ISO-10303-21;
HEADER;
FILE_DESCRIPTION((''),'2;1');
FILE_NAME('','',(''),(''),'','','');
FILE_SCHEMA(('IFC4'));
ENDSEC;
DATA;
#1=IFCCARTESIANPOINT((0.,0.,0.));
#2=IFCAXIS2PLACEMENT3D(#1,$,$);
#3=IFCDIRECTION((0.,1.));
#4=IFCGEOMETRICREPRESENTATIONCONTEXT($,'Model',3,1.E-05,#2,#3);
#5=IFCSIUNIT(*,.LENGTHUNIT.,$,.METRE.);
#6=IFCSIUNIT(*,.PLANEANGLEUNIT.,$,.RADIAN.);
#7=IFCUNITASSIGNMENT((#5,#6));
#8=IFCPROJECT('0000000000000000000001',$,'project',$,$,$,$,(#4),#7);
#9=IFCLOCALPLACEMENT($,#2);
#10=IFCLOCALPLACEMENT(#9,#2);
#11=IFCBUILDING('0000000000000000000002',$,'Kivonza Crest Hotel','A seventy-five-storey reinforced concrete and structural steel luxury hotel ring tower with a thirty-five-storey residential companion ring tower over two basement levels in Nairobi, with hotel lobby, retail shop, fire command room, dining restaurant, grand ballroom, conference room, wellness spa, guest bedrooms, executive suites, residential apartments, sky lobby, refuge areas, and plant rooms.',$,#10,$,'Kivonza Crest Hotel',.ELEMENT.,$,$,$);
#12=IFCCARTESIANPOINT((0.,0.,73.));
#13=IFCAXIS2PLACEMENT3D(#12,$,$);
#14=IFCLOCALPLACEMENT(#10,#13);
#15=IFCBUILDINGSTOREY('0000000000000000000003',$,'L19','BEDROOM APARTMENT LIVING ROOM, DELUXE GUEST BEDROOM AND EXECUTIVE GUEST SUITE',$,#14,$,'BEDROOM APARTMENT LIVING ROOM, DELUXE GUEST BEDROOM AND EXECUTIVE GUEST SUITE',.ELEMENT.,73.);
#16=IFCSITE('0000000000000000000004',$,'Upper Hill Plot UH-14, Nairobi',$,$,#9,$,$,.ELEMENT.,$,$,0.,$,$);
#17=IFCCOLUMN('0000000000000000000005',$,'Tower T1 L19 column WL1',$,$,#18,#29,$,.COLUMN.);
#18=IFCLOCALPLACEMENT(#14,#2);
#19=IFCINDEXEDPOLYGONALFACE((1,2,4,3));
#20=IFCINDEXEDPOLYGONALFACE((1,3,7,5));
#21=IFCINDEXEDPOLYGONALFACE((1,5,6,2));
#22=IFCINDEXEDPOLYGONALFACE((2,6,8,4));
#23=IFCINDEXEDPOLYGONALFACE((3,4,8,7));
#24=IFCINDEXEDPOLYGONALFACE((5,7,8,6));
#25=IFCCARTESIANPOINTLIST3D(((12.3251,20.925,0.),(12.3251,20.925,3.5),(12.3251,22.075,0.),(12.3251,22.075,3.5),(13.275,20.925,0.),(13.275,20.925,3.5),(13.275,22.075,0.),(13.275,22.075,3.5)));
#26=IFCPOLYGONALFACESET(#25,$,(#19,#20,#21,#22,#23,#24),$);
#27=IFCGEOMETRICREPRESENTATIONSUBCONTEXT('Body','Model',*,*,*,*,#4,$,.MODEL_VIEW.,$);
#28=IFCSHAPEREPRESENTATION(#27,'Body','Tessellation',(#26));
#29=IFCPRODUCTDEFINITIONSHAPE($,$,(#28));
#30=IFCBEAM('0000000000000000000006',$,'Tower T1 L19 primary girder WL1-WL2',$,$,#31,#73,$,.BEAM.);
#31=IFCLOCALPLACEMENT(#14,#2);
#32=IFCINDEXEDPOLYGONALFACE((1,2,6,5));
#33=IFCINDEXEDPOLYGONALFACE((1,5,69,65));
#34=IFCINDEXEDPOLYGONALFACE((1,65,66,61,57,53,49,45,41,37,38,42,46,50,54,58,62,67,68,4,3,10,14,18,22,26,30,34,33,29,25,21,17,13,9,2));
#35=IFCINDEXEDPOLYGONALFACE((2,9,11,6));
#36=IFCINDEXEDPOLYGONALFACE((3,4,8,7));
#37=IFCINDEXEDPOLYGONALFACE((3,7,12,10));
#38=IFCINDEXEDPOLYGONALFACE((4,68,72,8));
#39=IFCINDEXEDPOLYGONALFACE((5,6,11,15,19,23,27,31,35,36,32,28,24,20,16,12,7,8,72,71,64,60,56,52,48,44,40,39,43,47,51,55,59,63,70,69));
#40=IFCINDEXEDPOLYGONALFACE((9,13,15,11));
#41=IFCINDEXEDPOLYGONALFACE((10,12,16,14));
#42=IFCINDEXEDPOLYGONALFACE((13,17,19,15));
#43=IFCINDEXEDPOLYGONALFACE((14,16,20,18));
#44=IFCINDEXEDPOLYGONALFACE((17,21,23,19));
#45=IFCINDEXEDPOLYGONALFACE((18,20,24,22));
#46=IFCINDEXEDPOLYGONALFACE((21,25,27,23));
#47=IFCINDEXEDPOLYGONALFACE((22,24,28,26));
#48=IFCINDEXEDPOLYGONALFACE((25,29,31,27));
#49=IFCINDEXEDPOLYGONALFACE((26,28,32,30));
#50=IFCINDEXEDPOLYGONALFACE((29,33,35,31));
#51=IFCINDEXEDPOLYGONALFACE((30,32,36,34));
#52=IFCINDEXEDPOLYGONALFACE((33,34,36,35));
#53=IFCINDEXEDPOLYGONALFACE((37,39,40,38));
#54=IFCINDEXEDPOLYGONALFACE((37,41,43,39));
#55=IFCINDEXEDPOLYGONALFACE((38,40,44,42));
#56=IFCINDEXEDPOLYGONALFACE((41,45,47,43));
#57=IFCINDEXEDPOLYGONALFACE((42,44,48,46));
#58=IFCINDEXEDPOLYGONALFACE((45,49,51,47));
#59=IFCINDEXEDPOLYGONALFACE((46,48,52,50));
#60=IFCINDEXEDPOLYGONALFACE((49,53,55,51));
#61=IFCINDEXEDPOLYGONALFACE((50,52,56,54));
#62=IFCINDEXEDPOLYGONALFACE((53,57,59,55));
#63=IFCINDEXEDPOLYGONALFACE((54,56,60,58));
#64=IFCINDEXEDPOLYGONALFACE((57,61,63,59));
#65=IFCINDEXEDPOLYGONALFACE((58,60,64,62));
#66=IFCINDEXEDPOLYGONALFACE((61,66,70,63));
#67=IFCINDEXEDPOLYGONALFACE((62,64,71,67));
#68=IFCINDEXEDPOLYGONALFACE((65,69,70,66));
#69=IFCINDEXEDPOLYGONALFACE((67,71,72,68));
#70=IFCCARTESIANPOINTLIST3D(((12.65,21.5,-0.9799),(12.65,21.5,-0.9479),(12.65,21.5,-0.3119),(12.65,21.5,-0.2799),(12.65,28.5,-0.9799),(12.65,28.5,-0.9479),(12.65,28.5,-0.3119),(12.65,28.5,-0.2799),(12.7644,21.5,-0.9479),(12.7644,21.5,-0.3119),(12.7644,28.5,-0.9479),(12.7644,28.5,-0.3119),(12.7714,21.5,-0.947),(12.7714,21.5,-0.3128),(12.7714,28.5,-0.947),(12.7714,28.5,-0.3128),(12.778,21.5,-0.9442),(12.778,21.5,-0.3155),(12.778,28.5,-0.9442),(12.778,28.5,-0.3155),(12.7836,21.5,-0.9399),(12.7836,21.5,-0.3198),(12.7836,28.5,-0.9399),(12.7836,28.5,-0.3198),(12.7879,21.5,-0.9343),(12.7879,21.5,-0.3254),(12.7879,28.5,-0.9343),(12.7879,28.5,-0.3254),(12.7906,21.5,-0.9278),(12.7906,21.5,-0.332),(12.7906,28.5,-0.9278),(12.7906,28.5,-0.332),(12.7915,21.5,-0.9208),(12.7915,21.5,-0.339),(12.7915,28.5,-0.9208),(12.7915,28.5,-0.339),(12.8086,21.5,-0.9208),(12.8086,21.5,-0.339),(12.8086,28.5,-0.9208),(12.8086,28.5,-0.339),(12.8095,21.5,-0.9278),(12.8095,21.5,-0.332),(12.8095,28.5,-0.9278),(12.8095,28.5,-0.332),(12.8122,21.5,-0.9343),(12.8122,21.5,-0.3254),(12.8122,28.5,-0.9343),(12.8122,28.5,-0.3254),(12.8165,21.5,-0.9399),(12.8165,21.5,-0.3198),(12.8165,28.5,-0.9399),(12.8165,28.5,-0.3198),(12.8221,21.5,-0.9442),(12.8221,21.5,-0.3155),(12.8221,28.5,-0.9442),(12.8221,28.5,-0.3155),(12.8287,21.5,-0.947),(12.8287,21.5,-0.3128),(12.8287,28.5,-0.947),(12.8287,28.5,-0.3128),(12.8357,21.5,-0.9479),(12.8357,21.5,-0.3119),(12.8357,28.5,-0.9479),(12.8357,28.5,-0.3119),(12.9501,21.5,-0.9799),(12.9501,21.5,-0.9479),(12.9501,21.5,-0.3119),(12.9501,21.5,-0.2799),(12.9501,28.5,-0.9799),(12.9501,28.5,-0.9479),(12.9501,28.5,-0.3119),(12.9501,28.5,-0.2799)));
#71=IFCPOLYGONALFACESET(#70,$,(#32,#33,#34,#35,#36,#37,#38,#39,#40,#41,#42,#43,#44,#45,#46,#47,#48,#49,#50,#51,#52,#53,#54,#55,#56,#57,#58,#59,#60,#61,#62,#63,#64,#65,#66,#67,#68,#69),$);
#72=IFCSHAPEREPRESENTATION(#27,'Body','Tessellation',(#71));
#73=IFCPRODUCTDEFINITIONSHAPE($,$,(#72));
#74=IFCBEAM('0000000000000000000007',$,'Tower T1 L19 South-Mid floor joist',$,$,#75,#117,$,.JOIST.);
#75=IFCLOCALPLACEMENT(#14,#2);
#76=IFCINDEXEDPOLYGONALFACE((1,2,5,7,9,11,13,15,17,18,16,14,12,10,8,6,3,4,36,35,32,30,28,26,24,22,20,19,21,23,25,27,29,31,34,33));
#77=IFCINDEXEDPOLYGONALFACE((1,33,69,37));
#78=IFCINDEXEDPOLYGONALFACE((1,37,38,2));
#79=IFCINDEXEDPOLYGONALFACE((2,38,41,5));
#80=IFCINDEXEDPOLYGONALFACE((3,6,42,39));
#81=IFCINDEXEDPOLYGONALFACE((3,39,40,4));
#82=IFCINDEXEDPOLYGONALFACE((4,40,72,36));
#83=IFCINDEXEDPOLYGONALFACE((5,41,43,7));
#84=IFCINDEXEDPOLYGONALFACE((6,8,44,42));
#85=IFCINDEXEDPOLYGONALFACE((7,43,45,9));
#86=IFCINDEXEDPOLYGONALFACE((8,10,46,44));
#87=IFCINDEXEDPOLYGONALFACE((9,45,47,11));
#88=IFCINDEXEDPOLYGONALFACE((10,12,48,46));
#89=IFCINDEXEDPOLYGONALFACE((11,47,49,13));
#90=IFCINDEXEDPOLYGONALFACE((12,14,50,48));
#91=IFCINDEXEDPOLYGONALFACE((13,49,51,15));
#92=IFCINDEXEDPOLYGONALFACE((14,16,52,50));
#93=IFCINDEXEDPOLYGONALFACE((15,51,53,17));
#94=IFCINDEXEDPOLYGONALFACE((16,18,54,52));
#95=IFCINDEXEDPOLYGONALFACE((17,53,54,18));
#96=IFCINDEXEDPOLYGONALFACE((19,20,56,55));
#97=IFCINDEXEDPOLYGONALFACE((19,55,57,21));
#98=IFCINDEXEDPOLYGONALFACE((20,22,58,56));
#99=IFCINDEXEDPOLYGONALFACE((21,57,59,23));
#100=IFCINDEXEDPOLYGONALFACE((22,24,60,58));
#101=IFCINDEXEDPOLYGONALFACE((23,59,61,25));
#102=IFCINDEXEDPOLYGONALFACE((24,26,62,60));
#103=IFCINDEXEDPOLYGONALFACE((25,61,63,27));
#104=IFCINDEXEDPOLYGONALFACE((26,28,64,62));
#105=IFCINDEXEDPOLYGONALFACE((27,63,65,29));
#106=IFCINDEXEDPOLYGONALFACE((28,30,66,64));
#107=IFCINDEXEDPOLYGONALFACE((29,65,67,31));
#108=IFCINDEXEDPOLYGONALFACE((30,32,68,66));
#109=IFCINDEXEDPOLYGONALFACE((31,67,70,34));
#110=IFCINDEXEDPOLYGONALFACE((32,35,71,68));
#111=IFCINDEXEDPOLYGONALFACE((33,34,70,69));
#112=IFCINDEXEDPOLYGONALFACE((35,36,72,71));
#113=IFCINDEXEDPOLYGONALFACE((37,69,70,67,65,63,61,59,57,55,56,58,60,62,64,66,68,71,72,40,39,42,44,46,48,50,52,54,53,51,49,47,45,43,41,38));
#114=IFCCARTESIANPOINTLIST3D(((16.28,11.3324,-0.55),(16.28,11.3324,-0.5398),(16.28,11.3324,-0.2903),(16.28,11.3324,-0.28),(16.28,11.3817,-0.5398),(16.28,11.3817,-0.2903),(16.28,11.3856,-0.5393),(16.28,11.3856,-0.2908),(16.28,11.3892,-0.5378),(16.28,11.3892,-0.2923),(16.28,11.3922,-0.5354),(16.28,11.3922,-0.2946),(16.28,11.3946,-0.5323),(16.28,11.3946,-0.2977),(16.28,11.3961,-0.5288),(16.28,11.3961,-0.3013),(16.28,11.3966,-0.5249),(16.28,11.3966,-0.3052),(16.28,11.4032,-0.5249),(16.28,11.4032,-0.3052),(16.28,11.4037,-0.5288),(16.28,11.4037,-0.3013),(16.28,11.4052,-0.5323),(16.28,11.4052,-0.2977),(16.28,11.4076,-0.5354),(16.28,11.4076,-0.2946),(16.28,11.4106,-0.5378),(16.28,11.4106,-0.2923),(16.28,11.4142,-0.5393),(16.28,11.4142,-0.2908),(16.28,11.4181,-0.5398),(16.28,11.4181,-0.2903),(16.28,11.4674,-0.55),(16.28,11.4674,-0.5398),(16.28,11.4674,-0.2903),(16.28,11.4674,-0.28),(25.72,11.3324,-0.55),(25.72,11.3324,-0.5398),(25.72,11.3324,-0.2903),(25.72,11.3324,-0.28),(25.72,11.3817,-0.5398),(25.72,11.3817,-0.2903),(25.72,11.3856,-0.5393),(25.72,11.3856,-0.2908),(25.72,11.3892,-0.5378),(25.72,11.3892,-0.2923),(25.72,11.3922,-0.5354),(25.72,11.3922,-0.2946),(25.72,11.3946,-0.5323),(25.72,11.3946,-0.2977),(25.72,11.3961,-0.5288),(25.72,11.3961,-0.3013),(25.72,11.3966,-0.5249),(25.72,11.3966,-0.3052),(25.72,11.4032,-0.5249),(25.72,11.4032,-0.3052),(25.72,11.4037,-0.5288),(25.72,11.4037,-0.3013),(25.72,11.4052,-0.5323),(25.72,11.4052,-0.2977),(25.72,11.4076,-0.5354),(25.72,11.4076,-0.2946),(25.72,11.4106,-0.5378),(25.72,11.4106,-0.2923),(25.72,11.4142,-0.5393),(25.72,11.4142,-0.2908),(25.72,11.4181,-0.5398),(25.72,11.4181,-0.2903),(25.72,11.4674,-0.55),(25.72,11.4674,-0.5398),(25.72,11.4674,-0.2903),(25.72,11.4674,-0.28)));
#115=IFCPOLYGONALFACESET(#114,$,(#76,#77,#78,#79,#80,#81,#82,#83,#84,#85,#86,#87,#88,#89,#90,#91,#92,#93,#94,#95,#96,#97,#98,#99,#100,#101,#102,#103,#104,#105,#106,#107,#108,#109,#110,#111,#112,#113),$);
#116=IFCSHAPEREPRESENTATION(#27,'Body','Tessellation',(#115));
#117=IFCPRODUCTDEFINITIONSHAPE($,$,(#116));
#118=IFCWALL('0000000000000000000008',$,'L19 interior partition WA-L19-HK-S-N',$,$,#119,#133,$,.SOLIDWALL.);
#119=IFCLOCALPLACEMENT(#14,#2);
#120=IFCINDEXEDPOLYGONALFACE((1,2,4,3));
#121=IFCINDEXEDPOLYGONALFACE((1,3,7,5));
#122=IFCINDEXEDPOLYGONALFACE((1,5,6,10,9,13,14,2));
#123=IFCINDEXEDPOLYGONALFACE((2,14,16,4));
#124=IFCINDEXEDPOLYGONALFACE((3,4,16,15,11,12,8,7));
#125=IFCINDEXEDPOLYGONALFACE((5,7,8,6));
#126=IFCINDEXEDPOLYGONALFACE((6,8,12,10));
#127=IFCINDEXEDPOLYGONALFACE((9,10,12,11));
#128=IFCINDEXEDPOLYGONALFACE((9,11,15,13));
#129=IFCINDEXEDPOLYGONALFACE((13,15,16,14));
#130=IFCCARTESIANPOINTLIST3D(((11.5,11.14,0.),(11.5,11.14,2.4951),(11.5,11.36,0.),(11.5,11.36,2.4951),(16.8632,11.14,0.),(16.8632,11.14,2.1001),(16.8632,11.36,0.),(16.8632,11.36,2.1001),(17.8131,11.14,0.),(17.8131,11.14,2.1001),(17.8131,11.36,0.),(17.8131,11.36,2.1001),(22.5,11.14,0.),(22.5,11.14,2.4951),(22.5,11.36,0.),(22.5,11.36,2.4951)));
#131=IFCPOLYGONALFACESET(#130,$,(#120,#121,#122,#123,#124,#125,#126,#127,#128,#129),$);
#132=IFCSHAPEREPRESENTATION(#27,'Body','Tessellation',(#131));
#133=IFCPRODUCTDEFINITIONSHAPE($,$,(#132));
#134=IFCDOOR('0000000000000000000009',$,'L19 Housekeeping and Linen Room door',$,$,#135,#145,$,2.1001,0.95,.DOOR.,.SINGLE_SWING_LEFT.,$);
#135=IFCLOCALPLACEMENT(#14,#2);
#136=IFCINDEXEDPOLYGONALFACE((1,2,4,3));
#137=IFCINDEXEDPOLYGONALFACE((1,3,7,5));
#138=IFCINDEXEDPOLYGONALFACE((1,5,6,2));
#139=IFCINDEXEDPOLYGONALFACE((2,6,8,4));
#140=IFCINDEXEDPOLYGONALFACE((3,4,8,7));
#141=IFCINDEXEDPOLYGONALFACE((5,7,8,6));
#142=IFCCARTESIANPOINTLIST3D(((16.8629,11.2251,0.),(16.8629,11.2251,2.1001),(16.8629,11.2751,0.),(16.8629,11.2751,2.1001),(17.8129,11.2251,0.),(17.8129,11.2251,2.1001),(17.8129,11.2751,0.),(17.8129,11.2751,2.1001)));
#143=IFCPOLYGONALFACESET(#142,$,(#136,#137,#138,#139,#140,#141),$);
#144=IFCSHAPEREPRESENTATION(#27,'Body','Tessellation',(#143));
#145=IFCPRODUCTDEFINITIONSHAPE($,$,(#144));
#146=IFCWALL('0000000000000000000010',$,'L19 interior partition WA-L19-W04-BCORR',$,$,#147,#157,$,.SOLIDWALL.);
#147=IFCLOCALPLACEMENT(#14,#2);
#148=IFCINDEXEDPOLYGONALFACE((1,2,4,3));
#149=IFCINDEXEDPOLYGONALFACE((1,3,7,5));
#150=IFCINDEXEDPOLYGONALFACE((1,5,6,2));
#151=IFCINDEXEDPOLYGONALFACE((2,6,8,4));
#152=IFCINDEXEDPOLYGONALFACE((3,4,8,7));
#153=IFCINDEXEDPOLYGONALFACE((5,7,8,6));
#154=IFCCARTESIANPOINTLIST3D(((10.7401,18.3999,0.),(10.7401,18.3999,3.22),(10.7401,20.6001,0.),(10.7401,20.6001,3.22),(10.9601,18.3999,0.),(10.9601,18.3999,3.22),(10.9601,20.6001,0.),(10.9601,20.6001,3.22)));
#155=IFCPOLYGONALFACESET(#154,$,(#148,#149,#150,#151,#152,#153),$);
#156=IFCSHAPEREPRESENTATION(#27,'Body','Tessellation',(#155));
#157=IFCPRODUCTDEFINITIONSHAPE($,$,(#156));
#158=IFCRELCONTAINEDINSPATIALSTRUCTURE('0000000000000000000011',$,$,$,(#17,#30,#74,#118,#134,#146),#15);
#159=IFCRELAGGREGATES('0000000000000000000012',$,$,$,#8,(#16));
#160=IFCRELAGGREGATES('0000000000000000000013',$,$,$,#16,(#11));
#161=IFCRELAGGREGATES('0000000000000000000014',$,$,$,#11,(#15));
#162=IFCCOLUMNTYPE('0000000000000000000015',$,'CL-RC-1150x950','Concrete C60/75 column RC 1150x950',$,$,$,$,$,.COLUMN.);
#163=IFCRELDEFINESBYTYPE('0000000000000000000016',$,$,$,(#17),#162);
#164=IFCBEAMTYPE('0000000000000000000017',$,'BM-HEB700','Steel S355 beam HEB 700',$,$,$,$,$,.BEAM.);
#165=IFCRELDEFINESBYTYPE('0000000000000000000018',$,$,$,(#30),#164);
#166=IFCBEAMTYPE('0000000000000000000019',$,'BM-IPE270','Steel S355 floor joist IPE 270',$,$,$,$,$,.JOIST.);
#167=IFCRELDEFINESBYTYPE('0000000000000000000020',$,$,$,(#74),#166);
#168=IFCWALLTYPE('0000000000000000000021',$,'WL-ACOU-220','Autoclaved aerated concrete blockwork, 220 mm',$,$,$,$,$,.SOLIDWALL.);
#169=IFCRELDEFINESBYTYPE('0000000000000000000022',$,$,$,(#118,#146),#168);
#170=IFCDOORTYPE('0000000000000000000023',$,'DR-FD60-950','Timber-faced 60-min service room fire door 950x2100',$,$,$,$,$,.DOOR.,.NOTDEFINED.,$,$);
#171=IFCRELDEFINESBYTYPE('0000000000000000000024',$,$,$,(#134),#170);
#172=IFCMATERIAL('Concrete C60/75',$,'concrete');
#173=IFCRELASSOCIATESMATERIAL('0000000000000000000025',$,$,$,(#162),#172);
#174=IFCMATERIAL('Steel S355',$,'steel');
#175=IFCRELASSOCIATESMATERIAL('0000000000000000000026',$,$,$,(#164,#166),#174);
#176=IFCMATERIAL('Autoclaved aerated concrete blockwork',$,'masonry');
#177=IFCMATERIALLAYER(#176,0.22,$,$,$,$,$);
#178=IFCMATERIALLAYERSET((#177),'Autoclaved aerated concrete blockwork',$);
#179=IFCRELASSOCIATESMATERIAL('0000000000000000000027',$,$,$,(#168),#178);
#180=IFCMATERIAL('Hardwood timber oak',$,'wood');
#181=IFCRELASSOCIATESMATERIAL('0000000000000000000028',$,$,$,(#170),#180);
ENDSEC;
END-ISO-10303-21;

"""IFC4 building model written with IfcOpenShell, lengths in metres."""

from ifc_helpers import new_model, si_unit, direction, frame, frame_2d, origin, origin_2d, place, context, subcontext, project, spatial, rectangle, i_section, extrude, material, layer, layer_set, material_profile, profile_set, type_object, element, fill, save


model = new_model("IFC4")

# Units and contexts
model_context = context("Model", 3, precision=1e-05, world=origin(), true_north=direction((0.0, 1.0)))
body_context = subcontext(model_context, "Body", "Model", "MODEL_VIEW")
ifc_project = project(units=[si_unit("LENGTHUNIT", "METRE"), si_unit("PLANEANGLEUNIT", "RADIAN")], contexts=[model_context])

# Site, building, storey
site_placement = place(None, origin())
site = spatial("IfcSite", under=ifc_project, at=site_placement, Name="Upper Hill Plot UH-14, Nairobi", CompositionType="ELEMENT", RefElevation=0.0)
building_placement = place(site_placement, origin())
building = spatial("IfcBuilding", under=site, at=building_placement, Name="Kivonza Crest Hotel", Description="A seventy-five-storey reinforced concrete and structural steel luxury hotel ring tower with a thirty-five-storey residential companion ring tower over two basement levels in Nairobi, with hotel lobby, retail shop, fire command room, dining restaurant, grand ballroom, conference room, wellness spa, guest bedrooms, executive suites, residential apartments, sky lobby, refuge areas, and plant rooms.", LongName="Kivonza Crest Hotel", CompositionType="ELEMENT")
storey_placement = place(building_placement, frame((0.0, 0.0, 73.0)))
storey = spatial("IfcBuildingStorey", under=building, at=storey_placement, Name="L19", Description="BEDROOM APARTMENT LIVING ROOM, DELUXE GUEST BEDROOM AND EXECUTIVE GUEST SUITE", LongName="BEDROOM APARTMENT LIVING ROOM, DELUXE GUEST BEDROOM AND EXECUTIVE GUEST SUITE", CompositionType="ELEMENT", Elevation=73.0)

# Column
ifc_material_1 = material(Name="Concrete C60/75", Category="concrete")
ifc_material_profile_1 = material_profile(ifc_material_1, rectangle(XDim=0.95, YDim=1.1499, at=origin_2d()), Name="RC 1150x950")
ifc_profile_set_1 = profile_set([ifc_material_profile_1], Name="Concrete C60/75")
column_type = type_object("IfcColumnType", Name="CL-RC-1150x950", Description="Concrete C60/75 column RC 1150x950", PredefinedType="COLUMN", material=ifc_profile_set_1)
column_placement = place(storey_placement, frame((12.8, 21.5, 0.0), z_axis=(0.0, 0.0, 1.0), x_axis=(1.0, 0.0, 0.0)))
element("IfcColumn", 1, at=column_placement, inside=storey, type_object=column_type, Name="Tower T1 L19 column WL1", PredefinedType="COLUMN", context=body_context, shape_type="SweptSolid", body=[
    extrude(rectangle(XDim=0.95, YDim=1.1499, at=origin_2d()), origin(), (0.0, 0.0, 1.0), 3.5),
])

# Beams
ifc_material_2 = material(Name="Steel S355", Category="steel")
ifc_material_profile_2 = material_profile(ifc_material_2, i_section(OverallWidth=0.3, OverallDepth=0.7, WebThickness=0.0171, FlangeThickness=0.032, FilletRadius=0.0271, at=origin_2d()), Name="HEB 700")
ifc_profile_set_2 = profile_set([ifc_material_profile_2], Name="Steel S355")
beam_type_1 = type_object("IfcBeamType", Name="BM-HEB700", Description="Steel S355 beam HEB 700", PredefinedType="BEAM", material=ifc_profile_set_2)
beam_1_placement = place(storey_placement, frame((12.8, 21.5, -0.6299), z_axis=(0.0, 1.0, 0.0), x_axis=(-1.0, 0.0, 0.0)))
element("IfcBeam", 2, at=beam_1_placement, inside=storey, type_object=beam_type_1, Name="Tower T1 L19 primary girder WL1-WL2", PredefinedType="BEAM", context=body_context, shape_type="SweptSolid", body=[
    extrude(i_section(OverallWidth=0.3, OverallDepth=0.7, WebThickness=0.0171, FlangeThickness=0.032, FilletRadius=0.0271, at=origin_2d()), origin(), (0.0, 0.0, 1.0), 7.0),
])
ifc_material_profile_3 = material_profile(ifc_material_2, i_section(OverallWidth=0.135, OverallDepth=0.27, WebThickness=0.0066, FlangeThickness=0.0103, FilletRadius=0.0149, at=origin_2d()), Name="IPE 270")
ifc_profile_set_3 = profile_set([ifc_material_profile_3], Name="Steel S355")
beam_type_2 = type_object("IfcBeamType", Name="BM-IPE270", Description="Steel S355 floor joist IPE 270", PredefinedType="JOIST", material=ifc_profile_set_3)
beam_2_placement = place(storey_placement, frame((16.28, 11.3999, -0.415), z_axis=(1.0, 0.0, 0.0), x_axis=(0.0, 1.0, 0.0)))
element("IfcBeam", 3, at=beam_2_placement, inside=storey, type_object=beam_type_2, Name="Tower T1 L19 South-Mid floor joist", PredefinedType="JOIST", context=body_context, shape_type="SweptSolid", body=[
    extrude(i_section(OverallWidth=0.135, OverallDepth=0.27, WebThickness=0.0066, FlangeThickness=0.0103, FilletRadius=0.0149, at=origin_2d()), origin(), (0.0, 0.0, 1.0), 9.4399),
])

# Wall, opening, door
ifc_material_3 = material(Name="Autoclaved aerated concrete blockwork", Category="masonry")
ifc_layer_1 = layer(ifc_material_3, 0.22)
ifc_layer_set_1 = layer_set([ifc_layer_1], Name="Autoclaved aerated concrete blockwork")
wall_type_1 = type_object("IfcWallType", Name="WL-ACOU-220", Description="Autoclaved aerated concrete blockwork, 220 mm", PredefinedType="SOLIDWALL", material=ifc_layer_set_1)
wall_1_placement = place(storey_placement, frame((11.5, 11.25, 0.0), z_axis=(0.0, 0.0, 1.0), x_axis=(1.0, 0.0, 0.0)))
wall_1 = element("IfcWall", 4, at=wall_1_placement, inside=storey, type_object=wall_type_1, Name="L19 interior partition WA-L19-HK-S-N", PredefinedType="SOLIDWALL", context=body_context, shape_type="SweptSolid", body=[
    extrude(rectangle(XDim=11.0, YDim=0.22, at=frame_2d((5.5, 0.0))), origin(), (0.0, 0.0, 1.0), 2.4951),
])
opening_1_placement = place(wall_1_placement, frame((5.363, 0.0, 0.0)))
opening_1 = element("IfcOpeningElement", 5, at=opening_1_placement, cuts=wall_1, PredefinedType="OPENING", context=body_context, shape_type="SweptSolid", body=[
    extrude(rectangle(XDim=0.95, YDim=2.1001, at=frame_2d((0.4751, 1.05))), frame((0.0, 0.1201, 0.0), z_axis=(0.0, -1.0, 0.0), x_axis=(1.0, 0.0, 0.0)), (0.0, 0.0, 1.0), 0.24),
])
ifc_material_4 = material(Name="Hardwood timber oak", Category="wood")
door_type_1 = type_object("IfcDoorType", Name="DR-FD60-950", Description="Timber-faced 60-min service room fire door 950x2100", OperationType="NOTDEFINED", PredefinedType="DOOR", material=ifc_material_4)
door_1_placement = place(opening_1_placement, frame((0.95, 0.0, 0.0), z_axis=(0.0, 0.0, 1.0), x_axis=(-1.0, 0.0, 0.0)))
door_1 = element("IfcDoor", 6, at=door_1_placement, inside=storey, type_object=door_type_1, Name="L19 Housekeeping and Linen Room door", OperationType="SINGLE_SWING_LEFT", OverallHeight=2.1001, OverallWidth=0.95, PredefinedType="DOOR", context=body_context, shape_type="SweptSolid", body=[
    extrude(rectangle(XDim=0.95, YDim=2.1001, at=frame_2d((0.4751, 1.05))), frame((0.0, 0.0249, 0.0), z_axis=(0.0, -1.0, 0.0), x_axis=(1.0, 0.0, 0.0)), (0.0, 0.0, 1.0), 0.05),
])
fill(opening_1, door_1)

# Wall
wall_2_placement = place(storey_placement, frame((10.8501, 18.3999, 0.0), z_axis=(0.0, 0.0, 1.0), x_axis=(0.0, 1.0, 0.0)))
element("IfcWall", 7, at=wall_2_placement, inside=storey, type_object=wall_type_1, Name="L19 interior partition WA-L19-W04-BCORR", PredefinedType="SOLIDWALL", context=body_context, shape_type="SweptSolid", body=[
    extrude(rectangle(XDim=2.2002, YDim=0.22, at=frame_2d((1.1001, 0.0))), origin(), (0.0, 0.0, 1.0), 3.22),
])

save(model, "model.ifc")
